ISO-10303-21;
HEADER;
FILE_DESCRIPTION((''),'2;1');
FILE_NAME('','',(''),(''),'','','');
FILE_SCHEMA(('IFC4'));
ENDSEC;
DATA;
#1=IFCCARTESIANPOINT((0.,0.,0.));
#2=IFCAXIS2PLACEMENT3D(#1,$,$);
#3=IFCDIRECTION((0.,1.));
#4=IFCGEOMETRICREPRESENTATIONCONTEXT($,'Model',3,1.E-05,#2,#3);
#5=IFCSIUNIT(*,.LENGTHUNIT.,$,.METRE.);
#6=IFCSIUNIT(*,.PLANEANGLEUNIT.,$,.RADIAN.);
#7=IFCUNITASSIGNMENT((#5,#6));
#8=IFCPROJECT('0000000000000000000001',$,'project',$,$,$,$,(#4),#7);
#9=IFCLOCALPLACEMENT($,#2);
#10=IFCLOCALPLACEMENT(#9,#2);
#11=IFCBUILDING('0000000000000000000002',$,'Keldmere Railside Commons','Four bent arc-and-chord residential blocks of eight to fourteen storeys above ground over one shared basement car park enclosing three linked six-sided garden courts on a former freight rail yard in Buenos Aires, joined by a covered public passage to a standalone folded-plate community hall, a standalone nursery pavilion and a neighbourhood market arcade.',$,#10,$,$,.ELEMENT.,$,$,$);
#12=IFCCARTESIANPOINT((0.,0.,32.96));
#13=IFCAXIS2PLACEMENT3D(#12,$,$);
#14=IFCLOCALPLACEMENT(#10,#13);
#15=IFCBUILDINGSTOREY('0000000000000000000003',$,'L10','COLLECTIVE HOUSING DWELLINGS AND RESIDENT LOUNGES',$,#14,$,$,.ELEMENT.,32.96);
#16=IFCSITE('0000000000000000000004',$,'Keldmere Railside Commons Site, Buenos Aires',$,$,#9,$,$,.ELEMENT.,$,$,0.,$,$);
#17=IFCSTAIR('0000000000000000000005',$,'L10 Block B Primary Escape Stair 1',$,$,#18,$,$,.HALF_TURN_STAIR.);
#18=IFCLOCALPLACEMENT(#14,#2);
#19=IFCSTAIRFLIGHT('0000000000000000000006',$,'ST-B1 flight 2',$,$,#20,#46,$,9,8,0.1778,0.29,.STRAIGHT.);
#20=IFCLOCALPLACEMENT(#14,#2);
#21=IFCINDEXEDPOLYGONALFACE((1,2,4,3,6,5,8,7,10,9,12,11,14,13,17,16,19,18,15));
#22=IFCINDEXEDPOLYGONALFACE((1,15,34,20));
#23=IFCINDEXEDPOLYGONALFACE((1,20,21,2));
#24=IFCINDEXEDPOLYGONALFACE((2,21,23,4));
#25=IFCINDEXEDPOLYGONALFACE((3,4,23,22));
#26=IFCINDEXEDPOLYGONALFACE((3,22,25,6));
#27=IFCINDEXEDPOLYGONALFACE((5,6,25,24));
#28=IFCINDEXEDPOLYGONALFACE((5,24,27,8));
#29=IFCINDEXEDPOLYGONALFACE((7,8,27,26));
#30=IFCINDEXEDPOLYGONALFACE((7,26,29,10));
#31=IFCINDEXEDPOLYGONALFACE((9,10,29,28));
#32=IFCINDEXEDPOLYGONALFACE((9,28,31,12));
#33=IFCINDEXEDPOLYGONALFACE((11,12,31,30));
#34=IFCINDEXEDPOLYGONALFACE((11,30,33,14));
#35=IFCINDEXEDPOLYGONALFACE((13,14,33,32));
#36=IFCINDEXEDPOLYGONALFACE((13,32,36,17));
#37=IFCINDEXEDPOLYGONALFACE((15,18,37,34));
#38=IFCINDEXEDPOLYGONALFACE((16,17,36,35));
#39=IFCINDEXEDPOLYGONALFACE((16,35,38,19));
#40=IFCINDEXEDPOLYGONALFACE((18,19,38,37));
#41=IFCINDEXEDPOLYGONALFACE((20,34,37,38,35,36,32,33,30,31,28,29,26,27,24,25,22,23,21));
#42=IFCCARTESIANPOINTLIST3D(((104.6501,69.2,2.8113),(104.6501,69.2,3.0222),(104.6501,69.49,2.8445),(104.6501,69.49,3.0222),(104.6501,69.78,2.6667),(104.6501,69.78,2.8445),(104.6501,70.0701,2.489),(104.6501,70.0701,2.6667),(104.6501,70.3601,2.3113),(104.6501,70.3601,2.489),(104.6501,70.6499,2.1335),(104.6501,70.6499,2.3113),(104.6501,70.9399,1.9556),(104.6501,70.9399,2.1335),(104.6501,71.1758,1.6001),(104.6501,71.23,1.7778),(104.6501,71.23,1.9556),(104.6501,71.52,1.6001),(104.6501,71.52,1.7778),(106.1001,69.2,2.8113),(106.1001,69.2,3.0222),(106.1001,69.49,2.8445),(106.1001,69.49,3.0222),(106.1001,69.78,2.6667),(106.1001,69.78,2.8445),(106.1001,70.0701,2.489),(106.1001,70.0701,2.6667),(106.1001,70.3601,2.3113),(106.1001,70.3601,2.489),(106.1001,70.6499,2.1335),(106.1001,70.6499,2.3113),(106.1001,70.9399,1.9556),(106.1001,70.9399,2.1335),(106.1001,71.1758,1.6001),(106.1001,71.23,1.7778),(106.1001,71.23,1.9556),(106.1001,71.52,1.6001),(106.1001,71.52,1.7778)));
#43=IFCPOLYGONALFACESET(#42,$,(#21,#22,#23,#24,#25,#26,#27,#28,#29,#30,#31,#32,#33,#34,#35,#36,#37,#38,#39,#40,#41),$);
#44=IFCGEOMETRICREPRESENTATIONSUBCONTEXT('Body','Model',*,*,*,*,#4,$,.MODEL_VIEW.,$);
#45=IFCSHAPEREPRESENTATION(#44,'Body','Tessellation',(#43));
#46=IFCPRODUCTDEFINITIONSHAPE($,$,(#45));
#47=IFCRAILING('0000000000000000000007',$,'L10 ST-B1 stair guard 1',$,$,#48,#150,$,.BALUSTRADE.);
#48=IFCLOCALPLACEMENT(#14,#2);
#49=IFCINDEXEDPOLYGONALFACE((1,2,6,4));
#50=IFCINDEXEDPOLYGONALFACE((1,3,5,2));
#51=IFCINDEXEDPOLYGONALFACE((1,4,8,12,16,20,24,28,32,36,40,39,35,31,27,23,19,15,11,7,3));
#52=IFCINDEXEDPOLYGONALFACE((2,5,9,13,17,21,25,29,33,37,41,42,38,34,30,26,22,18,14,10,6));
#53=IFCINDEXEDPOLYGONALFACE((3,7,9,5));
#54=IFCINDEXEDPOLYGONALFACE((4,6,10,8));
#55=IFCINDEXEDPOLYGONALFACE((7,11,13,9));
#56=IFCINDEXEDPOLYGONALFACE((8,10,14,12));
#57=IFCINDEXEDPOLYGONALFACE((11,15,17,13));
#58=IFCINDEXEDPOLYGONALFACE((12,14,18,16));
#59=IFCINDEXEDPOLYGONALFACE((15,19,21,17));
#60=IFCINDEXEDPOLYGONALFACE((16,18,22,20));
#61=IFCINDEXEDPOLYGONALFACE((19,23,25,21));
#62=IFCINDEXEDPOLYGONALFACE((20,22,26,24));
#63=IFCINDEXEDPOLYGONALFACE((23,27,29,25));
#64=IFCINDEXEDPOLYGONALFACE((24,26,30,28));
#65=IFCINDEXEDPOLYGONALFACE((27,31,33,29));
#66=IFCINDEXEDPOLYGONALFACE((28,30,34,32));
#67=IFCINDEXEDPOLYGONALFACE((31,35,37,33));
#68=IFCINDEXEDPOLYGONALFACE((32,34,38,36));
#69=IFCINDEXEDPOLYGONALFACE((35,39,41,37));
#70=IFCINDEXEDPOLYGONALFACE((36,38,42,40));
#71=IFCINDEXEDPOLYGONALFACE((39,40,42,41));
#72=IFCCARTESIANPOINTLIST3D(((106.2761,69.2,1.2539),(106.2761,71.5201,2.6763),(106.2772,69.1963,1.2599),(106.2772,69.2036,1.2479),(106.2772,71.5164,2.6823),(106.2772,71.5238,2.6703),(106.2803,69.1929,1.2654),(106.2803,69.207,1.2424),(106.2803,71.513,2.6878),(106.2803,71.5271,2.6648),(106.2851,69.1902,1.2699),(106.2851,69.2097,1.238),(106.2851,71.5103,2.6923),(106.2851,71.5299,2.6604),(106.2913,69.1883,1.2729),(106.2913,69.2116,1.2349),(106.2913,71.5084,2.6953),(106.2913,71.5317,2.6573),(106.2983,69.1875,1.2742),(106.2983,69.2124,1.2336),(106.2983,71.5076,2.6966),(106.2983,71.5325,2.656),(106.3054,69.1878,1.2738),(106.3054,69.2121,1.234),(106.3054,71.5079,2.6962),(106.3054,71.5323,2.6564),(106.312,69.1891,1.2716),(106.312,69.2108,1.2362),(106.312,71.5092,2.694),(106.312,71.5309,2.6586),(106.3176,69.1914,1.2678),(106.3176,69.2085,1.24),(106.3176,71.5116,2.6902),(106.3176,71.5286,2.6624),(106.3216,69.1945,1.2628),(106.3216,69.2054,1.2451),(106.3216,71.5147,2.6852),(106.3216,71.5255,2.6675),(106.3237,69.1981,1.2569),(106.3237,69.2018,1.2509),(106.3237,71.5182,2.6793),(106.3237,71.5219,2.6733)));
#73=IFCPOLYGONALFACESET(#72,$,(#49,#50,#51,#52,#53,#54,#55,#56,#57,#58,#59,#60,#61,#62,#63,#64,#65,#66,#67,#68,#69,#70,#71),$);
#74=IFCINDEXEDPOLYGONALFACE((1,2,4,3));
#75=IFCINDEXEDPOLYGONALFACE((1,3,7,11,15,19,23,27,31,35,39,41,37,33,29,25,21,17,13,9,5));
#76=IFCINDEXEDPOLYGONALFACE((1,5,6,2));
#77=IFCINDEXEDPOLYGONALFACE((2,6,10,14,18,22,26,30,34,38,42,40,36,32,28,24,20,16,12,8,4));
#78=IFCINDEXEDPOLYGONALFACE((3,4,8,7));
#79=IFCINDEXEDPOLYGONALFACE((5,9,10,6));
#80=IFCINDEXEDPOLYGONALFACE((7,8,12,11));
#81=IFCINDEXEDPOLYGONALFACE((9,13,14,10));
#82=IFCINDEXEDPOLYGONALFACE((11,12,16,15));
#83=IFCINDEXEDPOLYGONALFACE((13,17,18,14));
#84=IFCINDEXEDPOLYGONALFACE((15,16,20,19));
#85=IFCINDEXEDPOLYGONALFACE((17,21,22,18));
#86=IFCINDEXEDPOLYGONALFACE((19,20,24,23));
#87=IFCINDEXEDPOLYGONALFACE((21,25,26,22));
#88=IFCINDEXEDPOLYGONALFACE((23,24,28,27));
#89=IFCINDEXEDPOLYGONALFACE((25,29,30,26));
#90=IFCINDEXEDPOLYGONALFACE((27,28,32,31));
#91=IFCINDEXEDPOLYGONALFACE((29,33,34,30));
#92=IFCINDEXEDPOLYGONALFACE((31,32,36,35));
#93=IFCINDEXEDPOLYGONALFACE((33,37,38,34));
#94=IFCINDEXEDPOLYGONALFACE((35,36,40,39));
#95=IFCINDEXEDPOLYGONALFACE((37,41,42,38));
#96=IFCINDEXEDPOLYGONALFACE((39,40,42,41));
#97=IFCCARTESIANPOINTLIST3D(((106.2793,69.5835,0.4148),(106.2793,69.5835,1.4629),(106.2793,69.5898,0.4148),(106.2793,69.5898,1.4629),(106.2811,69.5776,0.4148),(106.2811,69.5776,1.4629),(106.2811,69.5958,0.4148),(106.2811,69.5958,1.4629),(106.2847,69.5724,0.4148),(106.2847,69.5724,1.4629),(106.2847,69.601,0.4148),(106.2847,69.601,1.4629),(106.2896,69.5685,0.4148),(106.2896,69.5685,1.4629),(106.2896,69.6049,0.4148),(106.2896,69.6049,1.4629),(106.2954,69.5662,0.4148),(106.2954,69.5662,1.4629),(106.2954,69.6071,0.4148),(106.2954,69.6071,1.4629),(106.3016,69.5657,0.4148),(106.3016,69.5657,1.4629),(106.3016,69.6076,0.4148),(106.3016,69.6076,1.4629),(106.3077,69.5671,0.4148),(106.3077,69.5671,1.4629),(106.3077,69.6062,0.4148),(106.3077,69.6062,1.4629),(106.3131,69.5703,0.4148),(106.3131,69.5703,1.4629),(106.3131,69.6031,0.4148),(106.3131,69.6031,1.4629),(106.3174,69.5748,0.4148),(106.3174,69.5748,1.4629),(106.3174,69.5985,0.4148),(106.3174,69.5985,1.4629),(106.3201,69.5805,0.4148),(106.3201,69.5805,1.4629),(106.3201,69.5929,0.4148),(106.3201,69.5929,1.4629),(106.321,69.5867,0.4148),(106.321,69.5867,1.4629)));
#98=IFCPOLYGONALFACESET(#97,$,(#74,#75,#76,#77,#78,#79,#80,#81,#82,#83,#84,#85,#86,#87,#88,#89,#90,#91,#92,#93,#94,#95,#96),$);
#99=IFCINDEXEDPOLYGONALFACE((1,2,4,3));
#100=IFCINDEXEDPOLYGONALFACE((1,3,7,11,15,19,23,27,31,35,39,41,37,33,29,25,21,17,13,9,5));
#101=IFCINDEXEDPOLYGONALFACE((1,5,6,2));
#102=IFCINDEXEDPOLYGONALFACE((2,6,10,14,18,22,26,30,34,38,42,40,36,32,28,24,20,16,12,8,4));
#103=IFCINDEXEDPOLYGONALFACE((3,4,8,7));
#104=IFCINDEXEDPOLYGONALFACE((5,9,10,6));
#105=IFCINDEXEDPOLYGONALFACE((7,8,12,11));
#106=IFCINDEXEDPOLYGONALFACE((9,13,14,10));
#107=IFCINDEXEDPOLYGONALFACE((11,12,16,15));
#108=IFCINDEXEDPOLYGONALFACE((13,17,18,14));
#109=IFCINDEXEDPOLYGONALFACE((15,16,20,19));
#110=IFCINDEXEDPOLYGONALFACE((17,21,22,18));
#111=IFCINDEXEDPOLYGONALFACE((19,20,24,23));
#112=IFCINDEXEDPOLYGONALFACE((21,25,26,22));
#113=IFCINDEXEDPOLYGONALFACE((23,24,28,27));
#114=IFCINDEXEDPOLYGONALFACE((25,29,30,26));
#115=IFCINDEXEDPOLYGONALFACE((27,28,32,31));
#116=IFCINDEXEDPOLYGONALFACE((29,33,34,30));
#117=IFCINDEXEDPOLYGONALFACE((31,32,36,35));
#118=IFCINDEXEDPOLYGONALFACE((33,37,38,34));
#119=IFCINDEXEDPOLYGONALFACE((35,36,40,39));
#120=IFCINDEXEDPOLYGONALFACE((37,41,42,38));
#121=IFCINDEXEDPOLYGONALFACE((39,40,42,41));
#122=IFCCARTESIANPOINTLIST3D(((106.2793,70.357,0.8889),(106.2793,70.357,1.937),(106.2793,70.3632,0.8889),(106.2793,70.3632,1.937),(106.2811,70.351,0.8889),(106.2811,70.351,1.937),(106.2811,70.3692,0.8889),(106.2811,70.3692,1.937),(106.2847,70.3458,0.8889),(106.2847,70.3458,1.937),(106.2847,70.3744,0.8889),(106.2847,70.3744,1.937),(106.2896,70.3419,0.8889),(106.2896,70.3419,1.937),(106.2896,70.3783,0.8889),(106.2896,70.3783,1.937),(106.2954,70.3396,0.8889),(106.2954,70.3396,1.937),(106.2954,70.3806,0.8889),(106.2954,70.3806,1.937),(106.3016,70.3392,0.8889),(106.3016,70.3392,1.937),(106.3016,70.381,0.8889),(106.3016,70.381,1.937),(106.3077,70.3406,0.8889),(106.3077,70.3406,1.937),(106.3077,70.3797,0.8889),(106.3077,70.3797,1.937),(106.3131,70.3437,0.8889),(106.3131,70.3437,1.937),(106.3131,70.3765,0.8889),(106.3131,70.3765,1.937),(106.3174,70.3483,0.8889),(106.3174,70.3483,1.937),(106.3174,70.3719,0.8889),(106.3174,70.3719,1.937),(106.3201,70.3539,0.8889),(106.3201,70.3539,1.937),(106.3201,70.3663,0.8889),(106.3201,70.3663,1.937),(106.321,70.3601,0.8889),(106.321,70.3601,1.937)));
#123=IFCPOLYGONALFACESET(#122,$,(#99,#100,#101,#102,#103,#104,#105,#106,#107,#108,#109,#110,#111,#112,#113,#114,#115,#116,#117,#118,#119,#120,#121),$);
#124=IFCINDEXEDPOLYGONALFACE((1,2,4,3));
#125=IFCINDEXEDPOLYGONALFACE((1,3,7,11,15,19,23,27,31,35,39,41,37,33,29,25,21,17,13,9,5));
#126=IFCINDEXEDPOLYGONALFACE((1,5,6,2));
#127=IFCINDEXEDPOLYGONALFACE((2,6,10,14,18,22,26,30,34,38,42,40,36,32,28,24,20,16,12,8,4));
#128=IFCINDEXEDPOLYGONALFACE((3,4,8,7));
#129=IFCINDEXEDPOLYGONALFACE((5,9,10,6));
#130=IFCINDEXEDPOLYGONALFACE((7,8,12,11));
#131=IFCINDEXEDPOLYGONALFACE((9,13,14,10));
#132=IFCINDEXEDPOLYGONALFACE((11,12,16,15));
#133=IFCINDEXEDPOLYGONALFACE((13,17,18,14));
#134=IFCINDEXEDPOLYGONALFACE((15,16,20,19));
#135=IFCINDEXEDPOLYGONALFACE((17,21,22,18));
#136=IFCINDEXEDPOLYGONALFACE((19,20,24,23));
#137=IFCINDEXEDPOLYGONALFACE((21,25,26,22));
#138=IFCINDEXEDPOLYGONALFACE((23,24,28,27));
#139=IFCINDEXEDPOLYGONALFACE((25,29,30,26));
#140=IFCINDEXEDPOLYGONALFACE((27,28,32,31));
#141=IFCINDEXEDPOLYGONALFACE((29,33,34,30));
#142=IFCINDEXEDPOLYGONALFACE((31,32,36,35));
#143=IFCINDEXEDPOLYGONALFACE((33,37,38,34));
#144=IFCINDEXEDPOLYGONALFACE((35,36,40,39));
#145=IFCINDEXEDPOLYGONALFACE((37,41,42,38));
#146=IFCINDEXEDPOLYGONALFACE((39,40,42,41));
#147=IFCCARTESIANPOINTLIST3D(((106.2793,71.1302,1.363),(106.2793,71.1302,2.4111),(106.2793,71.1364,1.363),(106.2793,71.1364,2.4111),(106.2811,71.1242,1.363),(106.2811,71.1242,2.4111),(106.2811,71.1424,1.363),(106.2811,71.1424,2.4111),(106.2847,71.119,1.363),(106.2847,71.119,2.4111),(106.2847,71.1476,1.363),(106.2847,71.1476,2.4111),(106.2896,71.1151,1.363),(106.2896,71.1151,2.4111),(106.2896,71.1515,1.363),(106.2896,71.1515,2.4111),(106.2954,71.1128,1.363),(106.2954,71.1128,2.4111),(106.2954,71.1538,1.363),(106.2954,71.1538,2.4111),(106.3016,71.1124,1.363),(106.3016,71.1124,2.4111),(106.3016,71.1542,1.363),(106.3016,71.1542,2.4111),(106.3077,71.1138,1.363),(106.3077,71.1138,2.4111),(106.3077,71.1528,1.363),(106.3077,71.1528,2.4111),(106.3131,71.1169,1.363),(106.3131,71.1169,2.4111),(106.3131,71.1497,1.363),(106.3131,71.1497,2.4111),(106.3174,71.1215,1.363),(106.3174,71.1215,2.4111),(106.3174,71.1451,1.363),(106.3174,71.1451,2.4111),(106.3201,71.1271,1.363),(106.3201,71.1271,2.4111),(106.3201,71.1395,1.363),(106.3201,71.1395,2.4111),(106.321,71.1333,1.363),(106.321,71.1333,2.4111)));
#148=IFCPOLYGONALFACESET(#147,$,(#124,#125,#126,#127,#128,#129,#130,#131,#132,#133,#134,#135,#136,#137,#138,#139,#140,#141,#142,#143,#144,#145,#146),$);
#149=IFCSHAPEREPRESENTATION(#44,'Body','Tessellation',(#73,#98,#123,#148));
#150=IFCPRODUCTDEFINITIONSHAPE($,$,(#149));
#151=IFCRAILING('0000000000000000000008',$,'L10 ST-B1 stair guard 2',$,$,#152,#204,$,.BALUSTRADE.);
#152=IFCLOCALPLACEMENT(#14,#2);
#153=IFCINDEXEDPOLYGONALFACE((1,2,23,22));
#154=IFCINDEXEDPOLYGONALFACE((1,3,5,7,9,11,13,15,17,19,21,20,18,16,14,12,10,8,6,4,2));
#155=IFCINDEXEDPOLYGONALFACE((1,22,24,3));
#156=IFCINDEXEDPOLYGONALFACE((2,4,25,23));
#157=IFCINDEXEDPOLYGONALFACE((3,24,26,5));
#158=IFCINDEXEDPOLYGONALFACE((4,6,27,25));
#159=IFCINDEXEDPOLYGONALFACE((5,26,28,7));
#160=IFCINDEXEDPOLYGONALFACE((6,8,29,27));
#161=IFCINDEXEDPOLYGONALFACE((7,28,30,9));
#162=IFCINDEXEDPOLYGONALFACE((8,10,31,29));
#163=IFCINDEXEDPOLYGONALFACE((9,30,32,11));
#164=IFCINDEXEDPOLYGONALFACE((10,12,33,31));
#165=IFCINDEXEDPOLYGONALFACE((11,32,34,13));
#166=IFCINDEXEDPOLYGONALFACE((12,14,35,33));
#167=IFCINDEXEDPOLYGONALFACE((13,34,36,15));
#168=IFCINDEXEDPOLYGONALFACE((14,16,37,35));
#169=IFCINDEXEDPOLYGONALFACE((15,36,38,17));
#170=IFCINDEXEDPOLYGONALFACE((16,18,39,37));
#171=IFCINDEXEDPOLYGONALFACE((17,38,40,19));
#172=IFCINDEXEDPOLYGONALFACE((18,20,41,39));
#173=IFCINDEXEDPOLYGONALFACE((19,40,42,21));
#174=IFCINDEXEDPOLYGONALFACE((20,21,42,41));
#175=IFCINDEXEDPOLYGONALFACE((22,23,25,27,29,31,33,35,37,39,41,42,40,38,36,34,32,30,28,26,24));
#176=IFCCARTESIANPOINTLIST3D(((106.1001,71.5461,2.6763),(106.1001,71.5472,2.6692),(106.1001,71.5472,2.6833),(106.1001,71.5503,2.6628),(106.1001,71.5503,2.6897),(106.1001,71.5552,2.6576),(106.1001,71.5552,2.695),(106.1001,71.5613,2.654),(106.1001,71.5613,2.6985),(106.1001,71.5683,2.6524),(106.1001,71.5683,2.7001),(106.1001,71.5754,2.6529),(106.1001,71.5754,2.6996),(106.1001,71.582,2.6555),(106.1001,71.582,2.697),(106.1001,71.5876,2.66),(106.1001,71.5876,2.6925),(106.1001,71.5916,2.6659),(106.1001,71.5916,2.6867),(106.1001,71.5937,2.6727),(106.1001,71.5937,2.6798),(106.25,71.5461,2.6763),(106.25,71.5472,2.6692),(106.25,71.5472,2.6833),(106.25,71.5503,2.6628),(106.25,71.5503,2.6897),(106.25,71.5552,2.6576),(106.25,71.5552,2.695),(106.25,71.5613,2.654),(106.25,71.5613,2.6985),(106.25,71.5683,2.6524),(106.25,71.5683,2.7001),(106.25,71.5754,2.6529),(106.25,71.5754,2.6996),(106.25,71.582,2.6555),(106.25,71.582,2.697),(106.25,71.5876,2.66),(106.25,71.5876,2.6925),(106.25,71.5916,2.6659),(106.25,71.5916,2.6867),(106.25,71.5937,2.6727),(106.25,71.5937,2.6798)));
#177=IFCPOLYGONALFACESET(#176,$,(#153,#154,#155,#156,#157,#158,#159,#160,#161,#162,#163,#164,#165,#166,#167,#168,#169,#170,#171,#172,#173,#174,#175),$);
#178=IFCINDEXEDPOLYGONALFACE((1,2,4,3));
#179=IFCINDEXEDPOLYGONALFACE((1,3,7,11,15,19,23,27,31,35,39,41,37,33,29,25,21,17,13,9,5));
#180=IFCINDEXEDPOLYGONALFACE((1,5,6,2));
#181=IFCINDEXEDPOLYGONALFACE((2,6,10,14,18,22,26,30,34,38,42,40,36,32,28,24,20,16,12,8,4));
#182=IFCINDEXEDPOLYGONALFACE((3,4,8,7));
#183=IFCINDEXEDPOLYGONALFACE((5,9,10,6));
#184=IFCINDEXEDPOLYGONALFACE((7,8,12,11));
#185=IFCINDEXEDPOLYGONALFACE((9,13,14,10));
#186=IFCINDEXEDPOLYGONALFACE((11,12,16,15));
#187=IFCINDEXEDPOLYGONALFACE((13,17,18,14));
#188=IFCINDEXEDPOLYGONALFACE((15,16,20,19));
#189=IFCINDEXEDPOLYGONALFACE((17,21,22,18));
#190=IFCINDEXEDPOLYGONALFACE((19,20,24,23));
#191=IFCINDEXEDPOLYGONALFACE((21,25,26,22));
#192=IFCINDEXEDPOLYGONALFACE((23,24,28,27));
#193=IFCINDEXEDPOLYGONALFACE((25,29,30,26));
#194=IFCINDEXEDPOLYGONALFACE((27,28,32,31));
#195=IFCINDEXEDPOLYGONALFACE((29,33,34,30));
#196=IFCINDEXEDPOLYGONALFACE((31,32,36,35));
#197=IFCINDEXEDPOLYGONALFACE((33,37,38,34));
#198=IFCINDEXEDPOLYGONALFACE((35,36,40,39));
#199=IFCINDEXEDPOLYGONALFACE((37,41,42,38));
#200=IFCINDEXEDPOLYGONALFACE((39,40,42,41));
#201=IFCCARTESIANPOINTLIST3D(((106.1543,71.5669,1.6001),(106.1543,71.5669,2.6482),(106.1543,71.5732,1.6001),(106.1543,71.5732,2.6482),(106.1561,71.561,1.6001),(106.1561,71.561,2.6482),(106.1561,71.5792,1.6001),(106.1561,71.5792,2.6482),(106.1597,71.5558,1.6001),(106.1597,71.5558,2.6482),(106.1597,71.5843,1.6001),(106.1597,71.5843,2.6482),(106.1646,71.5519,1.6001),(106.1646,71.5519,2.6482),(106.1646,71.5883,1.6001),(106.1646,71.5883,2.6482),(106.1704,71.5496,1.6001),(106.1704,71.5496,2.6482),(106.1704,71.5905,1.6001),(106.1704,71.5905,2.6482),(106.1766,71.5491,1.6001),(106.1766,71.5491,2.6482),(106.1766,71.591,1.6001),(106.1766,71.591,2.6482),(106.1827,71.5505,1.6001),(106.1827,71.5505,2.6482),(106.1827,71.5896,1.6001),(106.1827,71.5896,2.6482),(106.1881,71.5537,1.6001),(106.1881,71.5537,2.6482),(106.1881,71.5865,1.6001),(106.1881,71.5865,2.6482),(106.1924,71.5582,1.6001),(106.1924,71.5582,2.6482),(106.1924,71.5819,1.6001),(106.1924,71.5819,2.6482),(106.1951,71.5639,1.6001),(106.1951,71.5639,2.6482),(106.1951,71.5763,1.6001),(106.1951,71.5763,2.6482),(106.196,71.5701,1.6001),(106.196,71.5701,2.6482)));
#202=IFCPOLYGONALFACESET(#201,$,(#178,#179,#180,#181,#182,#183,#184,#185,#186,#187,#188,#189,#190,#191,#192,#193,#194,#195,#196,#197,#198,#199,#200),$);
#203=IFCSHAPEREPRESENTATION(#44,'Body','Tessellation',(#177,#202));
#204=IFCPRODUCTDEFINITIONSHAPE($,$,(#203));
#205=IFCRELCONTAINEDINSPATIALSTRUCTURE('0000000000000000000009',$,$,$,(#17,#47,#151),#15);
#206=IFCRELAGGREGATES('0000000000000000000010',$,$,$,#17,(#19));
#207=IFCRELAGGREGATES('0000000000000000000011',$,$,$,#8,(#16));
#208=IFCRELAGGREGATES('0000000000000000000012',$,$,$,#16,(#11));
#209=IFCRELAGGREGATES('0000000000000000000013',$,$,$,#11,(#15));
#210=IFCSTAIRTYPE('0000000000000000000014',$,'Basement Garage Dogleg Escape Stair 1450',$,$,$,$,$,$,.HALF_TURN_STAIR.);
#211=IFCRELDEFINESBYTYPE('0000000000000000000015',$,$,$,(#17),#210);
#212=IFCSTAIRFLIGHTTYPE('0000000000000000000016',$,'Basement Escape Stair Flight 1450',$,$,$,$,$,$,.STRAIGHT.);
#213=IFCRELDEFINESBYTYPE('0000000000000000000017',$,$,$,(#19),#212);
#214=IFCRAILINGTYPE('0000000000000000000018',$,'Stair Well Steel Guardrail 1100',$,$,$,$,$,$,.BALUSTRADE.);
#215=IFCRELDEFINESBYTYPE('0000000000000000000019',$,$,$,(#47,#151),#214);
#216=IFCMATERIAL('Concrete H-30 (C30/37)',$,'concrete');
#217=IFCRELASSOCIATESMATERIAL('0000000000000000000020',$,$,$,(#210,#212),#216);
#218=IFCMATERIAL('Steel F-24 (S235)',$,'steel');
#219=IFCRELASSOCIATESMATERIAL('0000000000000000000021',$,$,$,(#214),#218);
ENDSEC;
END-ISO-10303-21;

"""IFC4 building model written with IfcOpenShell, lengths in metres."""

from ifc_helpers import new_model, si_unit, direction, frame, origin, origin_2d, place, context, subcontext, project, spatial, polyline, circle, outline, extrude, material, type_object, element, aggregate, save


model = new_model("IFC4")

# Units and contexts
model_context = context("Model", 3, precision=1e-05, world=origin(), true_north=direction((0.0, 1.0)))
body_context = subcontext(model_context, "Body", "Model", "MODEL_VIEW")
ifc_project = project(units=[si_unit("LENGTHUNIT", "METRE"), si_unit("PLANEANGLEUNIT", "RADIAN")], contexts=[model_context])

# Site, building, storey
site_placement = place(None, origin())
site = spatial("IfcSite", under=ifc_project, at=site_placement, Name="Keldmere Railside Commons Site, Buenos Aires", CompositionType="ELEMENT", RefElevation=0.0)
building_placement = place(site_placement, origin())
building = spatial("IfcBuilding", under=site, at=building_placement, Name="Keldmere Railside Commons", Description="Four bent arc-and-chord residential blocks of eight to fourteen storeys above ground over one shared basement car park enclosing three linked six-sided garden courts on a former freight rail yard in Buenos Aires, joined by a covered public passage to a standalone folded-plate community hall, a standalone nursery pavilion and a neighbourhood market arcade.", CompositionType="ELEMENT")
storey_placement = place(building_placement, frame((0.0, 0.0, 32.96)))
storey = spatial("IfcBuildingStorey", under=building, at=storey_placement, Name="L10", Description="COLLECTIVE HOUSING DWELLINGS AND RESIDENT LOUNGES", CompositionType="ELEMENT", Elevation=32.96)

# Shared definitions
ifc_material_1 = material(Name="Concrete H-30 (C30/37)", Category="concrete")

# Shared definitions
ifc_material_2 = material(Name="Steel F-24 (S235)", Category="steel")

# Stair, stair flight
stair_type = type_object("IfcStairType", Name="Basement Garage Dogleg Escape Stair 1450", PredefinedType="HALF_TURN_STAIR", material=ifc_material_1)
stair_placement = place(storey_placement, origin())
stair = element("IfcStair", 1, at=stair_placement, inside=storey, type_object=stair_type, Name="L10 Block B Primary Escape Stair 1", PredefinedType="HALF_TURN_STAIR")
stair_flight_type = type_object("IfcStairFlightType", Name="Basement Escape Stair Flight 1450", PredefinedType="STRAIGHT", material=ifc_material_1)
stair_flight_1_placement = place(storey_placement, frame((105.375, 71.52, 1.6001), z_axis=(0.0, 0.0, 1.0), x_axis=(0.0, -1.0, 0.0)))
stair_flight_1 = element("IfcStairFlight", 2, at=stair_flight_1_placement, type_object=stair_flight_type, Name="ST-B1 flight 2", NumberOfRisers=9, NumberOfTreads=8, PredefinedType="STRAIGHT", RiserHeight=0.1778, TreadLength=0.29, context=body_context, shape_type="SweptSolid", body=[
    extrude(outline(polyline([(0.0, 0.0), (0.0, 0.1777), (0.29, 0.1777), (0.29, 0.3555), (0.5801, 0.3555), (0.5801, 0.5334), (0.8701, 0.5334), (0.8701, 0.7112), (1.1599, 0.7112), (1.1599, 0.8889), (1.45, 0.8889), (1.45, 1.0667), (1.74, 1.0667), (1.74, 1.2444), (2.03, 1.2444), (2.03, 1.4221), (2.3201, 1.4221), (2.3201, 1.6001), (2.3201, 1.2112), (0.3442, 0.0), (0.0, 0.0)])), frame((0.0, 0.7251, 0.0), z_axis=(0.0, -1.0, 0.0), x_axis=(1.0, 0.0, 0.0)), (0.0, 0.0, 1.0), 1.45),
])
aggregate(stair, [stair_flight_1])

# Railings
railing_type_1 = type_object("IfcRailingType", Name="Stair Well Steel Guardrail 1100", PredefinedType="BALUSTRADE", material=ifc_material_2)
railing_1_placement = place(storey_placement, frame((106.3, 69.2, 0.1777)))
element("IfcRailing", 3, at=railing_1_placement, inside=storey, type_object=railing_type_1, Name="L10 ST-B1 stair guard 1", PredefinedType="BALUSTRADE", context=body_context, shape_type="SweptSolid", body=[
    extrude(circle(Radius=0.0239, at=origin_2d()), frame((0.0, 0.0, 1.0762), z_axis=(0.0, 0.852538, 0.522665), x_axis=(-1.0, 0.0, 0.0)), (0.0, 0.0, 1.0), 2.7214),
    extrude(circle(Radius=0.021, at=origin_2d()), frame((0.0, 0.3867, 0.2371)), (0.0, 0.0, 1.0), 1.0481),
    extrude(circle(Radius=0.021, at=origin_2d()), frame((0.0, 1.1602, 0.7112)), (0.0, 0.0, 1.0), 1.0481),
    extrude(circle(Radius=0.021, at=origin_2d()), frame((0.0, 1.9333, 1.1853)), (0.0, 0.0, 1.0), 1.0481),
])
railing_2_placement = place(storey_placement, frame((106.25, 71.5701, 1.6001)))
element("IfcRailing", 4, at=railing_2_placement, inside=storey, type_object=railing_type_1, Name="L10 ST-B1 stair guard 2", PredefinedType="BALUSTRADE", context=body_context, shape_type="SweptSolid", body=[
    extrude(circle(Radius=0.0239, at=origin_2d()), frame((0.0, 0.0, 1.0762), z_axis=(-1.0, 0.0, 0.0), x_axis=(0.0, -1.0, 0.0)), (0.0, 0.0, 1.0), 0.1499),
    extrude(circle(Radius=0.021, at=origin_2d()), frame((-0.075, 0.0, 0.0)), (0.0, 0.0, 1.0), 1.0481),
])

save(model, "model.ifc")
